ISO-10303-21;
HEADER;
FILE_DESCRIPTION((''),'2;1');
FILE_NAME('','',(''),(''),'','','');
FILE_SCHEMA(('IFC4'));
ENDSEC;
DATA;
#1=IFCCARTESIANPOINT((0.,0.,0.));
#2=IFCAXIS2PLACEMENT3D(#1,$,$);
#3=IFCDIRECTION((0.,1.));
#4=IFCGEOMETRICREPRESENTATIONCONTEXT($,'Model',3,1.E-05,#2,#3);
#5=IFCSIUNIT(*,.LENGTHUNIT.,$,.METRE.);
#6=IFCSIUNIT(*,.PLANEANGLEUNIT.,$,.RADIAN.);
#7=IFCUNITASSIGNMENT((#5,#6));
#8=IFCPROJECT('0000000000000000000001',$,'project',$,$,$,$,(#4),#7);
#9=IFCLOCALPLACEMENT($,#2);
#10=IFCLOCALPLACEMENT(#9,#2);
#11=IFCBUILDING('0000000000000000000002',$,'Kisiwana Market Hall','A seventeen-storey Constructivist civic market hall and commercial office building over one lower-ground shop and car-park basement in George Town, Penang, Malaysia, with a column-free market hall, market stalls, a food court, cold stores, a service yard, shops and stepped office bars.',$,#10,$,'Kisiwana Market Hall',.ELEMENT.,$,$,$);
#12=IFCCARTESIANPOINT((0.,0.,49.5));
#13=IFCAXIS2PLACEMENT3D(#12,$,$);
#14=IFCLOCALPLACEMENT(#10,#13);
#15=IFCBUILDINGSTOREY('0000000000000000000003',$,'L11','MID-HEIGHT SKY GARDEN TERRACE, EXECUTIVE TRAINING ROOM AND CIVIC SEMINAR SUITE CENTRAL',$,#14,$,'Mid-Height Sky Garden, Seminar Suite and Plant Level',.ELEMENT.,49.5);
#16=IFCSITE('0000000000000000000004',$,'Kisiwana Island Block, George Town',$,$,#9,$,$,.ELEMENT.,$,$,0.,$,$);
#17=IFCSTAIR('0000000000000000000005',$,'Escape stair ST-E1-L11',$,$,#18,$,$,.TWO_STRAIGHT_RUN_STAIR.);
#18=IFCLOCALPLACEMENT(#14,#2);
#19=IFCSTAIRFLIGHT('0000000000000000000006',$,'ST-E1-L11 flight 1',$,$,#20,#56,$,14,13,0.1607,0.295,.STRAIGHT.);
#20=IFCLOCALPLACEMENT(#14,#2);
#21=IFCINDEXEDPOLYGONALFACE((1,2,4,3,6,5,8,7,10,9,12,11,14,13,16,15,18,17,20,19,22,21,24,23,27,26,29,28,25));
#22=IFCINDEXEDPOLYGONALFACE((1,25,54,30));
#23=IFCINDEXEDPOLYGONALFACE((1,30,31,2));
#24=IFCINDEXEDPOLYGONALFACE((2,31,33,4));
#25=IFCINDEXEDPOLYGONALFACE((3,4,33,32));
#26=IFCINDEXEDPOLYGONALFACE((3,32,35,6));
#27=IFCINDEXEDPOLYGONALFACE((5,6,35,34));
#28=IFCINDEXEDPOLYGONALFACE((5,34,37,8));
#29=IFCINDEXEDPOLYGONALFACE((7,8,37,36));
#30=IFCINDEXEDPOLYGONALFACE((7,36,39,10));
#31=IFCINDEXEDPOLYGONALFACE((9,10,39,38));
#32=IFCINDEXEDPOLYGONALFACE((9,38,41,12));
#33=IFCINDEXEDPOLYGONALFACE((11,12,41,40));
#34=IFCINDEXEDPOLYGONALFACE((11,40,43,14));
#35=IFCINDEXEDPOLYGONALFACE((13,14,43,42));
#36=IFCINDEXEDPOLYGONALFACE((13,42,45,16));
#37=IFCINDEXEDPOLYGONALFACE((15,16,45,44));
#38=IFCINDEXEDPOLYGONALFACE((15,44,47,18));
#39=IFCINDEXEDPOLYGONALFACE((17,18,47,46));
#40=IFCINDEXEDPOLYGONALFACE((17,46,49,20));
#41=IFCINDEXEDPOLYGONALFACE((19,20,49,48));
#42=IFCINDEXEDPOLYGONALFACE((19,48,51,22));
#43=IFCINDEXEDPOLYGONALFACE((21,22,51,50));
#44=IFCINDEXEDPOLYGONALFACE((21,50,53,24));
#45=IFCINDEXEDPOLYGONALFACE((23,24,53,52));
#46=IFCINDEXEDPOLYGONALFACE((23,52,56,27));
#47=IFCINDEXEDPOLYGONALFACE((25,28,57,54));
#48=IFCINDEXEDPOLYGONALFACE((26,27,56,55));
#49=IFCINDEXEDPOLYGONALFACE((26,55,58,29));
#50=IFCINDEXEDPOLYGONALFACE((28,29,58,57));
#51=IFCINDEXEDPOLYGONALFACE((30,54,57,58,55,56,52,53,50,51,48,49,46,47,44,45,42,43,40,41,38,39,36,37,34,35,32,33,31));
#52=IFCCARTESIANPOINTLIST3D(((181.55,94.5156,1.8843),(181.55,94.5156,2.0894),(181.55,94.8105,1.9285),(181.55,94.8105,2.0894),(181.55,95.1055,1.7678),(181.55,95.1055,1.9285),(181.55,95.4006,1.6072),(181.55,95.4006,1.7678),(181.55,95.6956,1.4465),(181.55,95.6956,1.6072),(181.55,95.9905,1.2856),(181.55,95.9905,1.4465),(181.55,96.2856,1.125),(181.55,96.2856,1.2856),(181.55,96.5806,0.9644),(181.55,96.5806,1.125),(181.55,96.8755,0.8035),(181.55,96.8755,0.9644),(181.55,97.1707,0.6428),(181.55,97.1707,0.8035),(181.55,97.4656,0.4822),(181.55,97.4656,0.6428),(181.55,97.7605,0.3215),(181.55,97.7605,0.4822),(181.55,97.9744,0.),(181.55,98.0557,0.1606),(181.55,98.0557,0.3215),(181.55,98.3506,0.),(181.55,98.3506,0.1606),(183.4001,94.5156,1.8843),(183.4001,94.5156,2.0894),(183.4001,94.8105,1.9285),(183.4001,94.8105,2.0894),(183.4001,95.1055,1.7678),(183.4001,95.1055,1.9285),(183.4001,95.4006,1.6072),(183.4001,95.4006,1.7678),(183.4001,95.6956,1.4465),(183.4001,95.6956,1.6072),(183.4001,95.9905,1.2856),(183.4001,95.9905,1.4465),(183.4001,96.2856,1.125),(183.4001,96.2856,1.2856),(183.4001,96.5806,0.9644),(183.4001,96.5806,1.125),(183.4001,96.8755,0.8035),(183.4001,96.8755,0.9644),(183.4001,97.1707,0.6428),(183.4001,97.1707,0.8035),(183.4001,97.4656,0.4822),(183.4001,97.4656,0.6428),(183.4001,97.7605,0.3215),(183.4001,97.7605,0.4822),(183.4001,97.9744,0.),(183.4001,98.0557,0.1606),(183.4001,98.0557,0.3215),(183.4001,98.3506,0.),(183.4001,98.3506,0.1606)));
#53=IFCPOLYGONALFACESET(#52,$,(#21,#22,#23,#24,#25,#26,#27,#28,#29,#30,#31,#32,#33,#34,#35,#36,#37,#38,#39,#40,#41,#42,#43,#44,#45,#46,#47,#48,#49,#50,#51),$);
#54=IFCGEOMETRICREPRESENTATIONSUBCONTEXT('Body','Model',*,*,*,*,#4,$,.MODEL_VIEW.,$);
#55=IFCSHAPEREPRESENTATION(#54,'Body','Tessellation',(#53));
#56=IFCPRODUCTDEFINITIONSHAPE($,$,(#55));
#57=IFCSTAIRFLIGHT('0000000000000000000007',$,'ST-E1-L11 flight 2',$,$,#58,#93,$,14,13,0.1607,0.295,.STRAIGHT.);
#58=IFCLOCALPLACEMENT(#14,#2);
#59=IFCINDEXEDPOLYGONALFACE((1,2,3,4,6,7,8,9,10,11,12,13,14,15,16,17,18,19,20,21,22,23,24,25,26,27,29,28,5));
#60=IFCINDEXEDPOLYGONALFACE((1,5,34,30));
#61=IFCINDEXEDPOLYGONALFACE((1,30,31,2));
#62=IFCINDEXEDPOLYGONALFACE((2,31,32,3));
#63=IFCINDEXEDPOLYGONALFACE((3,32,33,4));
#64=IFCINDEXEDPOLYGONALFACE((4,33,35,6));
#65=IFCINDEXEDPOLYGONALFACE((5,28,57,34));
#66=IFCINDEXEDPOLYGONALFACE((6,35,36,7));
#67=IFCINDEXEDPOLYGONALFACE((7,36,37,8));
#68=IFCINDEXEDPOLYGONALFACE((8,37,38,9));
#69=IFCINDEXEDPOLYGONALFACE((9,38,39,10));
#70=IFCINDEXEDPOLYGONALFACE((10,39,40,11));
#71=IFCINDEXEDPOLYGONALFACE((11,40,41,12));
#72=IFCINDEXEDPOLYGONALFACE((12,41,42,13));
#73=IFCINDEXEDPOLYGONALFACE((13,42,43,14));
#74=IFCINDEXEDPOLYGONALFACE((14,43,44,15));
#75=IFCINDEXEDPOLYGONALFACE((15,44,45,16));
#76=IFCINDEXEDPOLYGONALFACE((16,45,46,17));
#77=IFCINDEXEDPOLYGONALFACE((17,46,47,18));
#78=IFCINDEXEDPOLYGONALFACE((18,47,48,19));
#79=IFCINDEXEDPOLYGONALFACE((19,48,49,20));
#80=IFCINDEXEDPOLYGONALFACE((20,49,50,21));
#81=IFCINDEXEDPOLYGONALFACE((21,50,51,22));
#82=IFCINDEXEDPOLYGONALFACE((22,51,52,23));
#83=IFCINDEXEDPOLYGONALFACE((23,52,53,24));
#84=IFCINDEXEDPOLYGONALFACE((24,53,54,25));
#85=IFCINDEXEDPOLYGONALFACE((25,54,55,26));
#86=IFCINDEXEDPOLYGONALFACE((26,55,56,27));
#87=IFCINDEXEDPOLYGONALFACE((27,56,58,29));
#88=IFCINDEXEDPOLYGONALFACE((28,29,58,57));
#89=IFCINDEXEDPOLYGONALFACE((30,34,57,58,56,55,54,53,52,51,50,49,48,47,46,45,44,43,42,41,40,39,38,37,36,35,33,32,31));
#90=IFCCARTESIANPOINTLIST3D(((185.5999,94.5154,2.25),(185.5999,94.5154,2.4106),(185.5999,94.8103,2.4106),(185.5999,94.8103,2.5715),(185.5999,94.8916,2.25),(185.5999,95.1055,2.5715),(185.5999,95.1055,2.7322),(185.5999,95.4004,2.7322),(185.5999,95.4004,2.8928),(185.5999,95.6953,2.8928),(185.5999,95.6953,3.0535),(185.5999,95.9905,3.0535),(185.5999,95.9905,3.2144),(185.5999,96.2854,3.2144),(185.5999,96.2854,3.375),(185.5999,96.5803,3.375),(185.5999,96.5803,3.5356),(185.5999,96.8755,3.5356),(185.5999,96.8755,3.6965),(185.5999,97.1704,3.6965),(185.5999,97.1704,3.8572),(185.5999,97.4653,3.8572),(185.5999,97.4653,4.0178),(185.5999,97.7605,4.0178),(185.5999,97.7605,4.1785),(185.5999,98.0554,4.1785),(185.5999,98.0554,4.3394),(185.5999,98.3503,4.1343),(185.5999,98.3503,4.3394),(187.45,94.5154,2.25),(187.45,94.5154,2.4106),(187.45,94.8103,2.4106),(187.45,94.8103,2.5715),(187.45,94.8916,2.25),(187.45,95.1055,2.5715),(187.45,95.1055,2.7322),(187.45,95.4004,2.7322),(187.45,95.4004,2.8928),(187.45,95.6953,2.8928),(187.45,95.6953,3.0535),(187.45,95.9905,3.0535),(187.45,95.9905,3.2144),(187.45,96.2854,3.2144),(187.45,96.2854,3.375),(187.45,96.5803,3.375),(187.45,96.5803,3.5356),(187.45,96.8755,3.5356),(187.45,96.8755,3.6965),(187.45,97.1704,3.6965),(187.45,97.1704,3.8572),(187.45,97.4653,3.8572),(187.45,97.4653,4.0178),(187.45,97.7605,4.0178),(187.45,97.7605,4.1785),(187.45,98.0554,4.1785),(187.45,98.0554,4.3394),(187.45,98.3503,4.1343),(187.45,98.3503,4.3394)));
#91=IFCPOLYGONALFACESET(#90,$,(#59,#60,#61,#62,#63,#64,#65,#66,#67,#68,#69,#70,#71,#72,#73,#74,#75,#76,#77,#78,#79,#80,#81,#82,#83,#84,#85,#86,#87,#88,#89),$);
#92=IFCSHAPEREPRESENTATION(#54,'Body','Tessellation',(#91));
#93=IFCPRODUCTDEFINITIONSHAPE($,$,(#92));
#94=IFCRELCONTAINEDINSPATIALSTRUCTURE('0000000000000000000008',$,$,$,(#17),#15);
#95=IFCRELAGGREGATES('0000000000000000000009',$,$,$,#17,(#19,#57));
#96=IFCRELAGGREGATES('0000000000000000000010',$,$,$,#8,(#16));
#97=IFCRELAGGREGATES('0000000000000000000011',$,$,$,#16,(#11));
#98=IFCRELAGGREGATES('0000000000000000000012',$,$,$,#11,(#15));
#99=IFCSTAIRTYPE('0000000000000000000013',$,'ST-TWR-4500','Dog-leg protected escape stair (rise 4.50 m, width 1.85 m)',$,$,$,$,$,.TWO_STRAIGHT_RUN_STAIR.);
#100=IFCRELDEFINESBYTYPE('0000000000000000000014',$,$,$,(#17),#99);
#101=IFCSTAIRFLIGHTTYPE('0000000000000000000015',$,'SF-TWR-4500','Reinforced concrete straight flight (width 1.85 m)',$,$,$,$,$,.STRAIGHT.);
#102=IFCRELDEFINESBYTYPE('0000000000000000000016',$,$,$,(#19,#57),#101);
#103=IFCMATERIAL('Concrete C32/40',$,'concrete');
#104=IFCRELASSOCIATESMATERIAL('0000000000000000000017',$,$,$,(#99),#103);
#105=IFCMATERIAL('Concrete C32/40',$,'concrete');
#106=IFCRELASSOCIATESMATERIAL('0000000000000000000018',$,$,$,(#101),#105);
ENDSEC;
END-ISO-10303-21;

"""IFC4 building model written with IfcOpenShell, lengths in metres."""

from ifc_helpers import new_model, si_unit, direction, frame, origin, place, context, subcontext, project, spatial, polyline, outline, extrude, material, type_object, element, aggregate, save


model = new_model("IFC4")

# Units and contexts
model_context = context("Model", 3, precision=1e-05, world=origin(), true_north=direction((0.0, 1.0)))
body_context = subcontext(model_context, "Body", "Model", "MODEL_VIEW")
ifc_project = project(units=[si_unit("LENGTHUNIT", "METRE"), si_unit("PLANEANGLEUNIT", "RADIAN")], contexts=[model_context])

# Site, building, storey
site_placement = place(None, origin())
site = spatial("IfcSite", under=ifc_project, at=site_placement, Name="Kisiwana Island Block, George Town", CompositionType="ELEMENT", RefElevation=0.0)
building_placement = place(site_placement, origin())
building = spatial("IfcBuilding", under=site, at=building_placement, Name="Kisiwana Market Hall", Description="A seventeen-storey Constructivist civic market hall and commercial office building over one lower-ground shop and car-park basement in George Town, Penang, Malaysia, with a column-free market hall, market stalls, a food court, cold stores, a service yard, shops and stepped office bars.", LongName="Kisiwana Market Hall", CompositionType="ELEMENT")
storey_placement = place(building_placement, frame((0.0, 0.0, 49.5)))
storey = spatial("IfcBuildingStorey", under=building, at=storey_placement, Name="L11", Description="MID-HEIGHT SKY GARDEN TERRACE, EXECUTIVE TRAINING ROOM AND CIVIC SEMINAR SUITE CENTRAL", LongName="Mid-Height Sky Garden, Seminar Suite and Plant Level", CompositionType="ELEMENT", Elevation=49.5)

# Stair, stair flights
ifc_material_1 = material(Name="Concrete C32/40", Category="concrete")
stair_type = type_object("IfcStairType", Name="ST-TWR-4500", Description="Dog-leg protected escape stair (rise 4.50 m, width 1.85 m)", PredefinedType="TWO_STRAIGHT_RUN_STAIR", material=ifc_material_1)
stair_placement = place(storey_placement, origin())
stair = element("IfcStair", 1, at=stair_placement, inside=storey, type_object=stair_type, Name="Escape stair ST-E1-L11", PredefinedType="TWO_STRAIGHT_RUN_STAIR")
ifc_material_2 = material(Name="Concrete C32/40", Category="concrete")
stair_flight_type = type_object("IfcStairFlightType", Name="SF-TWR-4500", Description="Reinforced concrete straight flight (width 1.85 m)", PredefinedType="STRAIGHT", material=ifc_material_2)
stair_flight_1_placement = place(storey_placement, frame((182.4751, 98.3506, 0.0), z_axis=(0.0, 0.0, 1.0), x_axis=(0.0, -1.0, 0.0)))
stair_flight_1 = element("IfcStairFlight", 2, at=stair_flight_1_placement, type_object=stair_flight_type, Name="ST-E1-L11 flight 1", NumberOfRisers=14, NumberOfTreads=13, PredefinedType="STRAIGHT", RiserHeight=0.1607, TreadLength=0.295, context=body_context, shape_type="SweptSolid", body=[
    extrude(outline(polyline([(0.0, 0.0), (0.0, 0.1606), (0.2949, 0.1606), (0.2949, 0.3215), (0.5901, 0.3215), (0.5901, 0.4822), (0.885, 0.4822), (0.885, 0.6428), (1.1799, 0.6428), (1.1799, 0.8035), (1.4751, 0.8035), (1.4751, 0.9644), (1.77, 0.9644), (1.77, 1.125), (2.0649, 1.125), (2.0649, 1.2856), (2.3601, 1.2856), (2.3601, 1.4465), (2.655, 1.4465), (2.655, 1.6072), (2.95, 1.6072), (2.95, 1.7678), (3.2451, 1.7678), (3.2451, 1.9285), (3.54, 1.9285), (3.54, 2.0894), (3.835, 2.0894), (3.835, 2.25), (3.835, 1.8843), (0.3762, 0.0), (0.0, 0.0)])), frame((0.0, 0.925, 0.0), z_axis=(0.0, -1.0, 0.0), x_axis=(1.0, 0.0, 0.0)), (0.0, 0.0, 1.0), 1.8501),
])
stair_flight_2_placement = place(storey_placement, frame((186.5249, 94.5154, 2.25), z_axis=(0.0, 0.0, 1.0), x_axis=(0.0, 1.0, 0.0)))
stair_flight_2 = element("IfcStairFlight", 3, at=stair_flight_2_placement, type_object=stair_flight_type, Name="ST-E1-L11 flight 2", NumberOfRisers=14, NumberOfTreads=13, PredefinedType="STRAIGHT", RiserHeight=0.1607, TreadLength=0.295, context=body_context, shape_type="SweptSolid", body=[
    extrude(outline(polyline([(0.0, 0.0), (0.0, 0.1606), (0.2949, 0.1606), (0.2949, 0.3215), (0.5901, 0.3215), (0.5901, 0.4822), (0.885, 0.4822), (0.885, 0.6428), (1.1799, 0.6428), (1.1799, 0.8035), (1.4751, 0.8035), (1.4751, 0.9644), (1.77, 0.9644), (1.77, 1.125), (2.0649, 1.125), (2.0649, 1.2856), (2.3601, 1.2856), (2.3601, 1.4465), (2.655, 1.4465), (2.655, 1.6072), (2.95, 1.6072), (2.95, 1.7678), (3.2451, 1.7678), (3.2451, 1.9285), (3.54, 1.9285), (3.54, 2.0894), (3.835, 2.0894), (3.835, 2.25), (3.835, 1.8843), (0.3762, 0.0), (0.0, 0.0)])), frame((0.0, 0.925, 0.0), z_axis=(0.0, -1.0, 0.0), x_axis=(1.0, 0.0, 0.0)), (0.0, 0.0, 1.0), 1.8501),
])
aggregate(stair, [stair_flight_1, stair_flight_2])

save(model, "model.ifc")
